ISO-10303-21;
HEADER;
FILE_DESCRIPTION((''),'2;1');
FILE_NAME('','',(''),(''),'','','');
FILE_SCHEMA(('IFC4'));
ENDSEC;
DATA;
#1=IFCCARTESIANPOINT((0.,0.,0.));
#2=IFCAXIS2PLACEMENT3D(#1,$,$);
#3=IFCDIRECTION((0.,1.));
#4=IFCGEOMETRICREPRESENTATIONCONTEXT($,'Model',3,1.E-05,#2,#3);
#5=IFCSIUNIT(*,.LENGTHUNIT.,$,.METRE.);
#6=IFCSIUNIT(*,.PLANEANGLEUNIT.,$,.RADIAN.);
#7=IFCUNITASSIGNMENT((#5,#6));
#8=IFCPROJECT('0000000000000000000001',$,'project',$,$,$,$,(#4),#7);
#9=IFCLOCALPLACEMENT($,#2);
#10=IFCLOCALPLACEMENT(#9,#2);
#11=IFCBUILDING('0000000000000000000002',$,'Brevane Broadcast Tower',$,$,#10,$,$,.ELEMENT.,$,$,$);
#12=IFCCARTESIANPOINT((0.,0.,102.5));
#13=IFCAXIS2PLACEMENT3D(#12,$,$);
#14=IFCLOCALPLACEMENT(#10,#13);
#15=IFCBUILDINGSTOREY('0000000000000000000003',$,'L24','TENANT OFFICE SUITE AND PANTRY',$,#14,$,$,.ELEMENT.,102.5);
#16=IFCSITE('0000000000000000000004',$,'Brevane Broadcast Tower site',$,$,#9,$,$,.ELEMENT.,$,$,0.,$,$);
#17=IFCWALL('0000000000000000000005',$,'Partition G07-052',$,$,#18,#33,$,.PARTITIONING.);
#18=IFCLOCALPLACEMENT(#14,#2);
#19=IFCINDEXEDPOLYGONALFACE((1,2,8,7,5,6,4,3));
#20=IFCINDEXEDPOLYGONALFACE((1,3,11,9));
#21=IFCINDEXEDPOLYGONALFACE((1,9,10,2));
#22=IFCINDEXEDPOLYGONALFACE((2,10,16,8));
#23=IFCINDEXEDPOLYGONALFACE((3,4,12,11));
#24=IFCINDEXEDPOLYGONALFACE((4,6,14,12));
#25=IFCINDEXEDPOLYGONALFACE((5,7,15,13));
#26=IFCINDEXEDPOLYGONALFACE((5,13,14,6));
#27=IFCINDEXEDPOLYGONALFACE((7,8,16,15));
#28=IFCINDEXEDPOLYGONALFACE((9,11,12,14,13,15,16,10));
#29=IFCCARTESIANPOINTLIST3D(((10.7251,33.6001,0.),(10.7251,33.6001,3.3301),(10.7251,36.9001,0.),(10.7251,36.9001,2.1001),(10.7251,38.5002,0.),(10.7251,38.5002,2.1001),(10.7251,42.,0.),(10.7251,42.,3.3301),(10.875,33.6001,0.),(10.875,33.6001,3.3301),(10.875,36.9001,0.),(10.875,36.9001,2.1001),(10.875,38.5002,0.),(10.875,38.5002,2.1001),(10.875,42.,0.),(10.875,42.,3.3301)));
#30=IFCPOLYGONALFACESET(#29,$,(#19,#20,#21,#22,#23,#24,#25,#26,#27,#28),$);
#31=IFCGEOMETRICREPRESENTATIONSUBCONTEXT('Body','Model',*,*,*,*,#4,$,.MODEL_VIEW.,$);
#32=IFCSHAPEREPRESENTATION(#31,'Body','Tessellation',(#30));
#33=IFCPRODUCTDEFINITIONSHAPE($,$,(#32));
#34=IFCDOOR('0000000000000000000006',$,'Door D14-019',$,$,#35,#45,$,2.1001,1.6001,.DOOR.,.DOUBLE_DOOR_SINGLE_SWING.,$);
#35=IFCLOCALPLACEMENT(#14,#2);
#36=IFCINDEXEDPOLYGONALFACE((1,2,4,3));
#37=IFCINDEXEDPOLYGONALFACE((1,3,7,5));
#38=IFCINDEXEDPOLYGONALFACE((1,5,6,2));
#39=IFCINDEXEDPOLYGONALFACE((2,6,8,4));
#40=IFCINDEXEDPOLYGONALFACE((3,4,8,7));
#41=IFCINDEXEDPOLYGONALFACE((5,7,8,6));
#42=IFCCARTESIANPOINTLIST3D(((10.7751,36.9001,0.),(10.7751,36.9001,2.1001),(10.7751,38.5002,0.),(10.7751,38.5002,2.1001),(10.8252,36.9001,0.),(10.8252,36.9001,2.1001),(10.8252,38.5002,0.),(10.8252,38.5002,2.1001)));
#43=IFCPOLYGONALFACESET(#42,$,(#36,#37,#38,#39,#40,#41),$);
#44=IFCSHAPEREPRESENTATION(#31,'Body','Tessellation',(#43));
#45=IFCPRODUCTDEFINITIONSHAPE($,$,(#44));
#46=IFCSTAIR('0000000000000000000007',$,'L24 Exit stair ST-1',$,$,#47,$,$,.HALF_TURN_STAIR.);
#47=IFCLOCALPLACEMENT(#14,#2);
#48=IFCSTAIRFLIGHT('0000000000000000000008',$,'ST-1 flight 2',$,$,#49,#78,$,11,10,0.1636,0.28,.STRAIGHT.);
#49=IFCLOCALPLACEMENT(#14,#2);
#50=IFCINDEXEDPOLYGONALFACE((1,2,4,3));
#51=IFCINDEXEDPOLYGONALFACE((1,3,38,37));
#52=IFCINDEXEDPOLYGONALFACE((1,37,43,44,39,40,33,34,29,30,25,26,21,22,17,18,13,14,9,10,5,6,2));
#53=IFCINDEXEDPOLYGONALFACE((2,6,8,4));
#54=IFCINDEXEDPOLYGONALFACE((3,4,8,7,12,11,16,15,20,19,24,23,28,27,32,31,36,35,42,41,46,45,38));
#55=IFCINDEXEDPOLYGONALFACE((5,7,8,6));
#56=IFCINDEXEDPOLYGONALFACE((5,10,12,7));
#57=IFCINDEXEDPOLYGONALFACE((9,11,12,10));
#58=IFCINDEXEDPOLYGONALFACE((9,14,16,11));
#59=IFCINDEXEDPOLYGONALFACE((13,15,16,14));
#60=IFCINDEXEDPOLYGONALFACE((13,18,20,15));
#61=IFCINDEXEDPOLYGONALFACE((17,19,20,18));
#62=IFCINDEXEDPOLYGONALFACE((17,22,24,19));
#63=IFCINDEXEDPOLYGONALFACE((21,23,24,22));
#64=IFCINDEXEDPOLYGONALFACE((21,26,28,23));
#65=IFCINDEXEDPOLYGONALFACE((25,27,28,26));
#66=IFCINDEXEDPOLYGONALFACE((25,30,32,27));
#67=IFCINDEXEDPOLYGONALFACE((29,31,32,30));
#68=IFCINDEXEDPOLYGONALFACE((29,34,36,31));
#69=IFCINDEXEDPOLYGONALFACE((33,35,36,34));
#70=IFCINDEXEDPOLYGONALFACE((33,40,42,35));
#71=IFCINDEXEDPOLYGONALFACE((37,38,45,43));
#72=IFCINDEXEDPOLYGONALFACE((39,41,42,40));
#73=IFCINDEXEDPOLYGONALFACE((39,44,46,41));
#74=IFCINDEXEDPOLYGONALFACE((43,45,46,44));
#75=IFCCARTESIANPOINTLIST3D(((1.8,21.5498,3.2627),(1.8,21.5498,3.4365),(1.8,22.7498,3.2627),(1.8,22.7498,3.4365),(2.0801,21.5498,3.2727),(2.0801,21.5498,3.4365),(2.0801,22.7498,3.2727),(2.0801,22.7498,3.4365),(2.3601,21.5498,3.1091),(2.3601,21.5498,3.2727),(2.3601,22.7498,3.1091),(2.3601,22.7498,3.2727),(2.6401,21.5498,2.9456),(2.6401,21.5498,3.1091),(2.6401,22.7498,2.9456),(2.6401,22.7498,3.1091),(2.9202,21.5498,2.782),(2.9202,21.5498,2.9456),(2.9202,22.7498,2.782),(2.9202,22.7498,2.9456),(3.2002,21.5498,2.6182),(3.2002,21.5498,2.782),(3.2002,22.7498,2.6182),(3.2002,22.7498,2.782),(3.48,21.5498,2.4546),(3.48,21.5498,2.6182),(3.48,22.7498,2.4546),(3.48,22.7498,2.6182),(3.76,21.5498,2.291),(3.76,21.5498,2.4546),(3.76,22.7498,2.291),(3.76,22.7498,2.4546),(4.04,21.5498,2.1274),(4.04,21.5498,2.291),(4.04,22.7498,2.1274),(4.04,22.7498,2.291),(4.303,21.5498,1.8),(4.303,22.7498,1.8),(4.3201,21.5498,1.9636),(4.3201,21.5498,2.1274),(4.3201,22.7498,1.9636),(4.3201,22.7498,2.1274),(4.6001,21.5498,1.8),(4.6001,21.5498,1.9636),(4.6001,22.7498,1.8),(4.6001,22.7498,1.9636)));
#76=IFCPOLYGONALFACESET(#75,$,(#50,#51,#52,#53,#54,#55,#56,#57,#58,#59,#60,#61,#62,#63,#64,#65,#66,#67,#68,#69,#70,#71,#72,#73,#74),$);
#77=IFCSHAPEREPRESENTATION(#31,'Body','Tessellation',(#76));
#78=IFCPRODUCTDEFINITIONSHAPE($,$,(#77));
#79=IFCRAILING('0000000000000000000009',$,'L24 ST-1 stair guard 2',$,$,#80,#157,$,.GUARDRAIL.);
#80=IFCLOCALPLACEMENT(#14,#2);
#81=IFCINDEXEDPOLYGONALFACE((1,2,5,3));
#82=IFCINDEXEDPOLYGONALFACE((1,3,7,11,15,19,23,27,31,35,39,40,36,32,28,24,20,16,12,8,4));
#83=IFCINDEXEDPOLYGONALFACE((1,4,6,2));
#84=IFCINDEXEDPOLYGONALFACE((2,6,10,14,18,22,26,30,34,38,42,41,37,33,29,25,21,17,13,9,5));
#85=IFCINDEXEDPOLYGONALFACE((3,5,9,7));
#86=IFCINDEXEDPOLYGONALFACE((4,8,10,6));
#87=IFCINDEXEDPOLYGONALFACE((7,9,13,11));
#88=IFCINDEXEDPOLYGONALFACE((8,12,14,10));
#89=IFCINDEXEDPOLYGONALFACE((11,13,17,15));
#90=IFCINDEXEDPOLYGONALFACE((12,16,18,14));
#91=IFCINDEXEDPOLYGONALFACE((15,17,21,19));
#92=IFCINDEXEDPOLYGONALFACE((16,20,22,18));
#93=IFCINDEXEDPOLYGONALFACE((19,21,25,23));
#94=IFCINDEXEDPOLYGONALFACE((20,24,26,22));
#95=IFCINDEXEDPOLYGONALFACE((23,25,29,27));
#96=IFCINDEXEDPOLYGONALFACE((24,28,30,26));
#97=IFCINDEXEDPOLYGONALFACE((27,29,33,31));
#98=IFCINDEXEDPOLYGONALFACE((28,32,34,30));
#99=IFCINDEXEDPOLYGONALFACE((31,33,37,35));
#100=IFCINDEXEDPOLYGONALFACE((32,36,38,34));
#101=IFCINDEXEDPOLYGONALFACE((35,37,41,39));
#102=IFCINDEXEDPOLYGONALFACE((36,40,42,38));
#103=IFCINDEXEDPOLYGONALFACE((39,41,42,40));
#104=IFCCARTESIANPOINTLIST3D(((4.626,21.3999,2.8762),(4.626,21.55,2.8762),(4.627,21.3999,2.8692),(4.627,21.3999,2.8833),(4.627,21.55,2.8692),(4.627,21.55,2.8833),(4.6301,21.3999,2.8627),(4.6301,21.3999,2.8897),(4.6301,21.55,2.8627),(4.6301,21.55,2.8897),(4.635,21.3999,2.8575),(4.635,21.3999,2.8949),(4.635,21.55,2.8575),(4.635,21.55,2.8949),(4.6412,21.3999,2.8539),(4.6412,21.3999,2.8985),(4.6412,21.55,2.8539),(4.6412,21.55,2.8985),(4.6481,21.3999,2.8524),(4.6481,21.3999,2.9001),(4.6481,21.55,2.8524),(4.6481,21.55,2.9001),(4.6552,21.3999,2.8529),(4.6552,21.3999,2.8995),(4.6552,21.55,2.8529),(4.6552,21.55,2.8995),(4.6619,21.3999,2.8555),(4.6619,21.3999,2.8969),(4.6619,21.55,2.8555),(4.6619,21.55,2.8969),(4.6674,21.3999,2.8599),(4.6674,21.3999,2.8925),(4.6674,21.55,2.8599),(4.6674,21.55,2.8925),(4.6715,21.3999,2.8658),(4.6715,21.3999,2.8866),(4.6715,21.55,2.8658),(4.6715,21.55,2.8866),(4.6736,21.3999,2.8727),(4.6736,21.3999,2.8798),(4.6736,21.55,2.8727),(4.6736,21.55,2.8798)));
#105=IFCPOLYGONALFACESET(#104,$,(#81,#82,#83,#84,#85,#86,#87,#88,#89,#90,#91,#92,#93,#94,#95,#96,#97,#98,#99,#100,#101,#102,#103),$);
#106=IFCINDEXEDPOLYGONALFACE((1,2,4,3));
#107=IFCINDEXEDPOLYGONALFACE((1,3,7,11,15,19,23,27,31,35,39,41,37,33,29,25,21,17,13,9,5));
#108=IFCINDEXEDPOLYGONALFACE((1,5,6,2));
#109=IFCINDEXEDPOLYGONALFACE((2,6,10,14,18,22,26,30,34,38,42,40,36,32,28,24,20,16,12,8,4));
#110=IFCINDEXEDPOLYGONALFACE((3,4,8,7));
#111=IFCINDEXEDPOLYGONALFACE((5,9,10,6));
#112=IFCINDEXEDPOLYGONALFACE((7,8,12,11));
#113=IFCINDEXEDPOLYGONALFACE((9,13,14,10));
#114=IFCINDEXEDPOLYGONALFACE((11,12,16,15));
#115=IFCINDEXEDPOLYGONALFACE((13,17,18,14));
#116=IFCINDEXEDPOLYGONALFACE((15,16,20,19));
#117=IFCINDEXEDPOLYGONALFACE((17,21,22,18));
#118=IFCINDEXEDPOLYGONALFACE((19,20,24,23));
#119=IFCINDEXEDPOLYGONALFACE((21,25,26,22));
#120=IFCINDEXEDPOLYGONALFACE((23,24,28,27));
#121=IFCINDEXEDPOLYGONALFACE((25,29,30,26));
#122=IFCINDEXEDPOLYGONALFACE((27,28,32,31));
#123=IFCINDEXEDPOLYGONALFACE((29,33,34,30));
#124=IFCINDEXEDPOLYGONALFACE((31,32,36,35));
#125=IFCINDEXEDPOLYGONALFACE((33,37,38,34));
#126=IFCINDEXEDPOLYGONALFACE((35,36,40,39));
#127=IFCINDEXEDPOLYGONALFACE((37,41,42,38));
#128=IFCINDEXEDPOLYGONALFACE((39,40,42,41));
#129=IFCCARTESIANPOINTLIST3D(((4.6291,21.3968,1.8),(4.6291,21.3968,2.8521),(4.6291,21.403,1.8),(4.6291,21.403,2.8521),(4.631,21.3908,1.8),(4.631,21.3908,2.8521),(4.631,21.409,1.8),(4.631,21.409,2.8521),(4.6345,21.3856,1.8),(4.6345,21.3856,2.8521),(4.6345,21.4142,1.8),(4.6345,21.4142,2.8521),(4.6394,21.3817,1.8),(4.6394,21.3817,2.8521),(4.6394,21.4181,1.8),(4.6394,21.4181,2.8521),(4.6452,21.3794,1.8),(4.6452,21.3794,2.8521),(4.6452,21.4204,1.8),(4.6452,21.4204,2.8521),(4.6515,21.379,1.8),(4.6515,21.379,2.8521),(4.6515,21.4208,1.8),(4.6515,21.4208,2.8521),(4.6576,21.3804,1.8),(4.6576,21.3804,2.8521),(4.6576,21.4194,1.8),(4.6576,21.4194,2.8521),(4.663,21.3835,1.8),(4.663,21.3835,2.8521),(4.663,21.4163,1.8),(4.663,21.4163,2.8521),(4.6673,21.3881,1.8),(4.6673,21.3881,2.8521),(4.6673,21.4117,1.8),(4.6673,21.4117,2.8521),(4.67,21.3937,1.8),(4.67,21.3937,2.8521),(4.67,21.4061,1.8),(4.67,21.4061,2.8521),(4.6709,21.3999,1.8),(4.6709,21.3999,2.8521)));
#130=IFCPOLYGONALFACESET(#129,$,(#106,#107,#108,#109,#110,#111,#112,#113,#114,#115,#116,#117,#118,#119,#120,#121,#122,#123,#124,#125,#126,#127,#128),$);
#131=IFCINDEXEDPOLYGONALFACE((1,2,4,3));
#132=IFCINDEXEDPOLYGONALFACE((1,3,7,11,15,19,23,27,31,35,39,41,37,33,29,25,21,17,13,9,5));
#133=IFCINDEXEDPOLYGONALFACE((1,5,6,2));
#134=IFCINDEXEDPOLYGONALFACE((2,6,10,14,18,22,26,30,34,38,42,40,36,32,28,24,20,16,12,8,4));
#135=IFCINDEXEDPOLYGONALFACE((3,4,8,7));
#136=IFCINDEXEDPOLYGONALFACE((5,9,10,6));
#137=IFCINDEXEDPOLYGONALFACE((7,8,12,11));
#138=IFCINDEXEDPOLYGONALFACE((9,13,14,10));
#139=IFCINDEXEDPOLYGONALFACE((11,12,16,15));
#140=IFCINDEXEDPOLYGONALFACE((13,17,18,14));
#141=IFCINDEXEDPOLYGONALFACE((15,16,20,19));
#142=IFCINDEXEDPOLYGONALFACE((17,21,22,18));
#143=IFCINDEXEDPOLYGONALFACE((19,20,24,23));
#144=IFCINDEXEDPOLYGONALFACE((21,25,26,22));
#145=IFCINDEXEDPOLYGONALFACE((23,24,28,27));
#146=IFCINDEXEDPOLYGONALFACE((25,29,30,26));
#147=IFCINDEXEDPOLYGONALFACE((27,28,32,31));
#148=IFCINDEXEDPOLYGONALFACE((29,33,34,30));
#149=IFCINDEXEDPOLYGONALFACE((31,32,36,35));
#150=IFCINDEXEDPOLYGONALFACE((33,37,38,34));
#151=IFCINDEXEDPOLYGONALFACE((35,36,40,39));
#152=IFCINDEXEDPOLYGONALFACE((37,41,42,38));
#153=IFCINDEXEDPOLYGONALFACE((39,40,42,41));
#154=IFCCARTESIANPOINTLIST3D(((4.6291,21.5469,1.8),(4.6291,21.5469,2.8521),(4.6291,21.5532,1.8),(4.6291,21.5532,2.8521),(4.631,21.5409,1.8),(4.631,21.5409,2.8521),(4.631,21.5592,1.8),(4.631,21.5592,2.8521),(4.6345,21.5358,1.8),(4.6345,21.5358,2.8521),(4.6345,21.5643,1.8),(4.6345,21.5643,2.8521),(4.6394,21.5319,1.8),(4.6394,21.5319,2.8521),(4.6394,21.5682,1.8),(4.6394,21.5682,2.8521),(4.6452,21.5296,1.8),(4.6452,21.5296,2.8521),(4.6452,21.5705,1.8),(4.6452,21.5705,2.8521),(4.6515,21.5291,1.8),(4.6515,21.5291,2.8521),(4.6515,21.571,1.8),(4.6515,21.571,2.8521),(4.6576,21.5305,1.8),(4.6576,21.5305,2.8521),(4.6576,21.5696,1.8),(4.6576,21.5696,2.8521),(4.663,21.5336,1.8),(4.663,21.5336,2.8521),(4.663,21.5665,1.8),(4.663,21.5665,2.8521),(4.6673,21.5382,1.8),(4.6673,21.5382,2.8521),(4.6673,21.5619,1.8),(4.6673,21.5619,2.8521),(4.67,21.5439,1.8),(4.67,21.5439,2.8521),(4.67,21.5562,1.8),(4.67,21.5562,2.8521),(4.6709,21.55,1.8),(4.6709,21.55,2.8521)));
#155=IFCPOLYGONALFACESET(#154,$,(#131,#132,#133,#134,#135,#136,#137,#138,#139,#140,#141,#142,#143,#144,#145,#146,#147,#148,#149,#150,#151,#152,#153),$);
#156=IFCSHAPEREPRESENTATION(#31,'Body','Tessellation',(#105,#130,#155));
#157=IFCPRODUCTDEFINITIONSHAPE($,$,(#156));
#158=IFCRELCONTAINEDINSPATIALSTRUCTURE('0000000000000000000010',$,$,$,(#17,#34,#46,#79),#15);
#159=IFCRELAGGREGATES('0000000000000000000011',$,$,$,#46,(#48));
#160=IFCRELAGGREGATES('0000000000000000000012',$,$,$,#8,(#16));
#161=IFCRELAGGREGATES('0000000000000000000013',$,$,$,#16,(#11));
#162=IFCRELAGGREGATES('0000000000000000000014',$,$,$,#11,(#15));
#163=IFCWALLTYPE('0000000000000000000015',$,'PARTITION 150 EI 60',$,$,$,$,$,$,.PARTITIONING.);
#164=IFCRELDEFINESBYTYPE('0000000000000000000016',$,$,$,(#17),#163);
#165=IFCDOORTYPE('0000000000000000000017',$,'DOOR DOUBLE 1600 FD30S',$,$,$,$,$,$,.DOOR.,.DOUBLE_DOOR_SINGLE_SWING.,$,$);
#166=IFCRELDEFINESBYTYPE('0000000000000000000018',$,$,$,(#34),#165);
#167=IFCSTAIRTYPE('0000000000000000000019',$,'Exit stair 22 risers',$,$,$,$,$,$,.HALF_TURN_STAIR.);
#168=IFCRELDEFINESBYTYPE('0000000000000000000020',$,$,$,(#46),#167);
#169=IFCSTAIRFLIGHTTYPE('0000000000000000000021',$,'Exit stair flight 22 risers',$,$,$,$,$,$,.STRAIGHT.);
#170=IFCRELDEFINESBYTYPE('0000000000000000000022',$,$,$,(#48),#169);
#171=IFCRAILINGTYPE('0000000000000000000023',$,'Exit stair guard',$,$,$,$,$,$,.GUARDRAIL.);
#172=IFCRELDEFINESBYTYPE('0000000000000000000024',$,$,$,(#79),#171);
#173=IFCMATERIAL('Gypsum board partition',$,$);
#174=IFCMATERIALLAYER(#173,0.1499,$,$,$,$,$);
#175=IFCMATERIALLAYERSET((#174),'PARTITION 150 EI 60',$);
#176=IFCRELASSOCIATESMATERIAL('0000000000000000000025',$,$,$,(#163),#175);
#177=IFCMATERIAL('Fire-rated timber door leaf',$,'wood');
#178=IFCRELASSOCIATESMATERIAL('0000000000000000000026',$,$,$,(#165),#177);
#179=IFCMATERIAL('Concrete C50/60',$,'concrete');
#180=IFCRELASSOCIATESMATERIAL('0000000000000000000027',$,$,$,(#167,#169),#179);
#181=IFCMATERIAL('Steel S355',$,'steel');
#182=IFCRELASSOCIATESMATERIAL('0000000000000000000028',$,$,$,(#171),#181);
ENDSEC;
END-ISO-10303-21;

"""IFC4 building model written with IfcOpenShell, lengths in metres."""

from ifc_helpers import new_model, si_unit, direction, frame, frame_2d, origin, origin_2d, place, context, subcontext, project, spatial, polyline, rectangle, circle, outline, extrude, material, layer, layer_set, type_object, element, fill, aggregate, save


model = new_model("IFC4")

# Units and contexts
model_context = context("Model", 3, precision=1e-05, world=origin(), true_north=direction((0.0, 1.0)))
body_context = subcontext(model_context, "Body", "Model", "MODEL_VIEW")
ifc_project = project(units=[si_unit("LENGTHUNIT", "METRE"), si_unit("PLANEANGLEUNIT", "RADIAN")], contexts=[model_context])

# Site, building, storey
site_placement = place(None, origin())
site = spatial("IfcSite", under=ifc_project, at=site_placement, Name="Brevane Broadcast Tower site", CompositionType="ELEMENT", RefElevation=0.0)
building_placement = place(site_placement, origin())
building = spatial("IfcBuilding", under=site, at=building_placement, Name="Brevane Broadcast Tower", CompositionType="ELEMENT")
storey_placement = place(building_placement, frame((0.0, 0.0, 102.5)))
storey = spatial("IfcBuildingStorey", under=building, at=storey_placement, Name="L24", Description="TENANT OFFICE SUITE AND PANTRY", CompositionType="ELEMENT", Elevation=102.5)

# Shared definitions
ifc_material_1 = material(Name="Gypsum board partition")

# Shared definitions
ifc_layer_1 = layer(ifc_material_1, 0.1499)
ifc_layer_set_1 = layer_set([ifc_layer_1], Name="PARTITION 150 EI 60")
wall_type_1 = type_object("IfcWallType", Name="PARTITION 150 EI 60", PredefinedType="PARTITIONING", material=ifc_layer_set_1)
ifc_material_2 = material(Name="Fire-rated timber door leaf", Category="wood")
door_type_1 = type_object("IfcDoorType", Name="DOOR DOUBLE 1600 FD30S", OperationType="DOUBLE_DOOR_SINGLE_SWING", PredefinedType="DOOR", material=ifc_material_2)

# Wall, opening, door
wall_1_placement = place(storey_placement, frame((10.8, 33.6001, 0.0), z_axis=(0.0, 0.0, 1.0), x_axis=(0.0, 1.0, 0.0)))
wall_1 = element("IfcWall", 1, at=wall_1_placement, inside=storey, type_object=wall_type_1, Name="Partition G07-052", PredefinedType="PARTITIONING", context=body_context, shape_type="SweptSolid", body=[
    extrude(rectangle(XDim=8.3999, YDim=0.1499, at=frame_2d((4.2, 0.0))), origin(), (0.0, 0.0, 1.0), 3.3301),
])
opening_1_placement = place(wall_1_placement, frame((3.3, 0.0, 0.0)))
opening_1 = element("IfcOpeningElement", 2, at=opening_1_placement, cuts=wall_1, PredefinedType="OPENING", context=body_context, shape_type="SweptSolid", body=[
    extrude(rectangle(XDim=1.6001, YDim=2.1001, at=frame_2d((0.8, 1.05))), frame((0.0, 0.085, 0.0), z_axis=(0.0, -1.0, 0.0), x_axis=(1.0, 0.0, 0.0)), (0.0, 0.0, 1.0), 0.1699),
])
door_1_placement = place(opening_1_placement, origin())
door_1 = element("IfcDoor", 3, at=door_1_placement, inside=storey, type_object=door_type_1, Name="Door D14-019", OperationType="DOUBLE_DOOR_SINGLE_SWING", OverallHeight=2.1001, OverallWidth=1.6001, PredefinedType="DOOR", context=body_context, shape_type="SweptSolid", body=[
    extrude(rectangle(XDim=1.6001, YDim=2.1001, at=frame_2d((0.8, 1.05))), frame((0.0, 0.0249, 0.0), z_axis=(0.0, -1.0, 0.0), x_axis=(1.0, 0.0, 0.0)), (0.0, 0.0, 1.0), 0.05),
])
fill(opening_1, door_1)

# Stair, stair flight
ifc_material_3 = material(Name="Concrete C50/60", Category="concrete")
stair_type = type_object("IfcStairType", Name="Exit stair 22 risers", PredefinedType="HALF_TURN_STAIR", material=ifc_material_3)
stair_placement = place(storey_placement, origin())
stair = element("IfcStair", 4, at=stair_placement, inside=storey, type_object=stair_type, Name="L24 Exit stair ST-1", PredefinedType="HALF_TURN_STAIR")
stair_flight_type = type_object("IfcStairFlightType", Name="Exit stair flight 22 risers", PredefinedType="STRAIGHT", material=ifc_material_3)
stair_flight_placement = place(storey_placement, frame((4.6001, 22.1499, 1.8), z_axis=(0.0, 0.0, 1.0), x_axis=(-1.0, 0.0, 0.0)))
stair_flight = element("IfcStairFlight", 5, at=stair_flight_placement, type_object=stair_flight_type, Name="ST-1 flight 2", NumberOfRisers=11, NumberOfTreads=10, PredefinedType="STRAIGHT", RiserHeight=0.1636, TreadLength=0.28, context=body_context, shape_type="SweptSolid", body=[
    extrude(outline(polyline([(0.0, 0.0), (0.0, 0.1636), (0.28, 0.1636), (0.28, 0.3274), (0.5601, 0.3274), (0.5601, 0.491), (0.8401, 0.491), (0.8401, 0.6545), (1.1201, 0.6545), (1.1201, 0.8181), (1.3999, 0.8181), (1.3999, 0.9819), (1.6799, 0.9819), (1.6799, 1.1455), (1.96, 1.1455), (1.96, 1.3091), (2.24, 1.3091), (2.24, 1.4727), (2.52, 1.4727), (2.52, 1.6365), (2.8, 1.6365), (2.8, 1.8), (2.8, 1.4626), (0.2971, 0.0), (0.0, 0.0)])), frame((0.0, 0.6001, 0.0), z_axis=(0.0, -1.0, 0.0), x_axis=(1.0, 0.0, 0.0)), (0.0, 0.0, 1.0), 1.2),
])
aggregate(stair, [stair_flight])

# Railing
ifc_material_4 = material(Name="Steel S355", Category="steel")
railing_type_1 = type_object("IfcRailingType", Name="Exit stair guard", PredefinedType="GUARDRAIL", material=ifc_material_4)
railing_1_placement = place(storey_placement, frame((4.6499, 21.3999, 1.8)))
element("IfcRailing", 6, at=railing_1_placement, inside=storey, type_object=railing_type_1, Name="L24 ST-1 stair guard 2", PredefinedType="GUARDRAIL", context=body_context, shape_type="SweptSolid", body=[
    extrude(circle(Radius=0.0239, at=origin_2d()), frame((0.0, 0.0, 1.0762), z_axis=(0.0, 1.0, 0.0), x_axis=(-1.0, 0.0, 0.0)), (0.0, 0.0, 1.0), 0.1501),
    extrude(circle(Radius=0.021, at=origin_2d()), origin(), (0.0, 0.0, 1.0), 1.052),
    extrude(circle(Radius=0.021, at=origin_2d()), frame((0.0, 0.1501, 0.0)), (0.0, 0.0, 1.0), 1.052),
])

save(model, "model.ifc")
